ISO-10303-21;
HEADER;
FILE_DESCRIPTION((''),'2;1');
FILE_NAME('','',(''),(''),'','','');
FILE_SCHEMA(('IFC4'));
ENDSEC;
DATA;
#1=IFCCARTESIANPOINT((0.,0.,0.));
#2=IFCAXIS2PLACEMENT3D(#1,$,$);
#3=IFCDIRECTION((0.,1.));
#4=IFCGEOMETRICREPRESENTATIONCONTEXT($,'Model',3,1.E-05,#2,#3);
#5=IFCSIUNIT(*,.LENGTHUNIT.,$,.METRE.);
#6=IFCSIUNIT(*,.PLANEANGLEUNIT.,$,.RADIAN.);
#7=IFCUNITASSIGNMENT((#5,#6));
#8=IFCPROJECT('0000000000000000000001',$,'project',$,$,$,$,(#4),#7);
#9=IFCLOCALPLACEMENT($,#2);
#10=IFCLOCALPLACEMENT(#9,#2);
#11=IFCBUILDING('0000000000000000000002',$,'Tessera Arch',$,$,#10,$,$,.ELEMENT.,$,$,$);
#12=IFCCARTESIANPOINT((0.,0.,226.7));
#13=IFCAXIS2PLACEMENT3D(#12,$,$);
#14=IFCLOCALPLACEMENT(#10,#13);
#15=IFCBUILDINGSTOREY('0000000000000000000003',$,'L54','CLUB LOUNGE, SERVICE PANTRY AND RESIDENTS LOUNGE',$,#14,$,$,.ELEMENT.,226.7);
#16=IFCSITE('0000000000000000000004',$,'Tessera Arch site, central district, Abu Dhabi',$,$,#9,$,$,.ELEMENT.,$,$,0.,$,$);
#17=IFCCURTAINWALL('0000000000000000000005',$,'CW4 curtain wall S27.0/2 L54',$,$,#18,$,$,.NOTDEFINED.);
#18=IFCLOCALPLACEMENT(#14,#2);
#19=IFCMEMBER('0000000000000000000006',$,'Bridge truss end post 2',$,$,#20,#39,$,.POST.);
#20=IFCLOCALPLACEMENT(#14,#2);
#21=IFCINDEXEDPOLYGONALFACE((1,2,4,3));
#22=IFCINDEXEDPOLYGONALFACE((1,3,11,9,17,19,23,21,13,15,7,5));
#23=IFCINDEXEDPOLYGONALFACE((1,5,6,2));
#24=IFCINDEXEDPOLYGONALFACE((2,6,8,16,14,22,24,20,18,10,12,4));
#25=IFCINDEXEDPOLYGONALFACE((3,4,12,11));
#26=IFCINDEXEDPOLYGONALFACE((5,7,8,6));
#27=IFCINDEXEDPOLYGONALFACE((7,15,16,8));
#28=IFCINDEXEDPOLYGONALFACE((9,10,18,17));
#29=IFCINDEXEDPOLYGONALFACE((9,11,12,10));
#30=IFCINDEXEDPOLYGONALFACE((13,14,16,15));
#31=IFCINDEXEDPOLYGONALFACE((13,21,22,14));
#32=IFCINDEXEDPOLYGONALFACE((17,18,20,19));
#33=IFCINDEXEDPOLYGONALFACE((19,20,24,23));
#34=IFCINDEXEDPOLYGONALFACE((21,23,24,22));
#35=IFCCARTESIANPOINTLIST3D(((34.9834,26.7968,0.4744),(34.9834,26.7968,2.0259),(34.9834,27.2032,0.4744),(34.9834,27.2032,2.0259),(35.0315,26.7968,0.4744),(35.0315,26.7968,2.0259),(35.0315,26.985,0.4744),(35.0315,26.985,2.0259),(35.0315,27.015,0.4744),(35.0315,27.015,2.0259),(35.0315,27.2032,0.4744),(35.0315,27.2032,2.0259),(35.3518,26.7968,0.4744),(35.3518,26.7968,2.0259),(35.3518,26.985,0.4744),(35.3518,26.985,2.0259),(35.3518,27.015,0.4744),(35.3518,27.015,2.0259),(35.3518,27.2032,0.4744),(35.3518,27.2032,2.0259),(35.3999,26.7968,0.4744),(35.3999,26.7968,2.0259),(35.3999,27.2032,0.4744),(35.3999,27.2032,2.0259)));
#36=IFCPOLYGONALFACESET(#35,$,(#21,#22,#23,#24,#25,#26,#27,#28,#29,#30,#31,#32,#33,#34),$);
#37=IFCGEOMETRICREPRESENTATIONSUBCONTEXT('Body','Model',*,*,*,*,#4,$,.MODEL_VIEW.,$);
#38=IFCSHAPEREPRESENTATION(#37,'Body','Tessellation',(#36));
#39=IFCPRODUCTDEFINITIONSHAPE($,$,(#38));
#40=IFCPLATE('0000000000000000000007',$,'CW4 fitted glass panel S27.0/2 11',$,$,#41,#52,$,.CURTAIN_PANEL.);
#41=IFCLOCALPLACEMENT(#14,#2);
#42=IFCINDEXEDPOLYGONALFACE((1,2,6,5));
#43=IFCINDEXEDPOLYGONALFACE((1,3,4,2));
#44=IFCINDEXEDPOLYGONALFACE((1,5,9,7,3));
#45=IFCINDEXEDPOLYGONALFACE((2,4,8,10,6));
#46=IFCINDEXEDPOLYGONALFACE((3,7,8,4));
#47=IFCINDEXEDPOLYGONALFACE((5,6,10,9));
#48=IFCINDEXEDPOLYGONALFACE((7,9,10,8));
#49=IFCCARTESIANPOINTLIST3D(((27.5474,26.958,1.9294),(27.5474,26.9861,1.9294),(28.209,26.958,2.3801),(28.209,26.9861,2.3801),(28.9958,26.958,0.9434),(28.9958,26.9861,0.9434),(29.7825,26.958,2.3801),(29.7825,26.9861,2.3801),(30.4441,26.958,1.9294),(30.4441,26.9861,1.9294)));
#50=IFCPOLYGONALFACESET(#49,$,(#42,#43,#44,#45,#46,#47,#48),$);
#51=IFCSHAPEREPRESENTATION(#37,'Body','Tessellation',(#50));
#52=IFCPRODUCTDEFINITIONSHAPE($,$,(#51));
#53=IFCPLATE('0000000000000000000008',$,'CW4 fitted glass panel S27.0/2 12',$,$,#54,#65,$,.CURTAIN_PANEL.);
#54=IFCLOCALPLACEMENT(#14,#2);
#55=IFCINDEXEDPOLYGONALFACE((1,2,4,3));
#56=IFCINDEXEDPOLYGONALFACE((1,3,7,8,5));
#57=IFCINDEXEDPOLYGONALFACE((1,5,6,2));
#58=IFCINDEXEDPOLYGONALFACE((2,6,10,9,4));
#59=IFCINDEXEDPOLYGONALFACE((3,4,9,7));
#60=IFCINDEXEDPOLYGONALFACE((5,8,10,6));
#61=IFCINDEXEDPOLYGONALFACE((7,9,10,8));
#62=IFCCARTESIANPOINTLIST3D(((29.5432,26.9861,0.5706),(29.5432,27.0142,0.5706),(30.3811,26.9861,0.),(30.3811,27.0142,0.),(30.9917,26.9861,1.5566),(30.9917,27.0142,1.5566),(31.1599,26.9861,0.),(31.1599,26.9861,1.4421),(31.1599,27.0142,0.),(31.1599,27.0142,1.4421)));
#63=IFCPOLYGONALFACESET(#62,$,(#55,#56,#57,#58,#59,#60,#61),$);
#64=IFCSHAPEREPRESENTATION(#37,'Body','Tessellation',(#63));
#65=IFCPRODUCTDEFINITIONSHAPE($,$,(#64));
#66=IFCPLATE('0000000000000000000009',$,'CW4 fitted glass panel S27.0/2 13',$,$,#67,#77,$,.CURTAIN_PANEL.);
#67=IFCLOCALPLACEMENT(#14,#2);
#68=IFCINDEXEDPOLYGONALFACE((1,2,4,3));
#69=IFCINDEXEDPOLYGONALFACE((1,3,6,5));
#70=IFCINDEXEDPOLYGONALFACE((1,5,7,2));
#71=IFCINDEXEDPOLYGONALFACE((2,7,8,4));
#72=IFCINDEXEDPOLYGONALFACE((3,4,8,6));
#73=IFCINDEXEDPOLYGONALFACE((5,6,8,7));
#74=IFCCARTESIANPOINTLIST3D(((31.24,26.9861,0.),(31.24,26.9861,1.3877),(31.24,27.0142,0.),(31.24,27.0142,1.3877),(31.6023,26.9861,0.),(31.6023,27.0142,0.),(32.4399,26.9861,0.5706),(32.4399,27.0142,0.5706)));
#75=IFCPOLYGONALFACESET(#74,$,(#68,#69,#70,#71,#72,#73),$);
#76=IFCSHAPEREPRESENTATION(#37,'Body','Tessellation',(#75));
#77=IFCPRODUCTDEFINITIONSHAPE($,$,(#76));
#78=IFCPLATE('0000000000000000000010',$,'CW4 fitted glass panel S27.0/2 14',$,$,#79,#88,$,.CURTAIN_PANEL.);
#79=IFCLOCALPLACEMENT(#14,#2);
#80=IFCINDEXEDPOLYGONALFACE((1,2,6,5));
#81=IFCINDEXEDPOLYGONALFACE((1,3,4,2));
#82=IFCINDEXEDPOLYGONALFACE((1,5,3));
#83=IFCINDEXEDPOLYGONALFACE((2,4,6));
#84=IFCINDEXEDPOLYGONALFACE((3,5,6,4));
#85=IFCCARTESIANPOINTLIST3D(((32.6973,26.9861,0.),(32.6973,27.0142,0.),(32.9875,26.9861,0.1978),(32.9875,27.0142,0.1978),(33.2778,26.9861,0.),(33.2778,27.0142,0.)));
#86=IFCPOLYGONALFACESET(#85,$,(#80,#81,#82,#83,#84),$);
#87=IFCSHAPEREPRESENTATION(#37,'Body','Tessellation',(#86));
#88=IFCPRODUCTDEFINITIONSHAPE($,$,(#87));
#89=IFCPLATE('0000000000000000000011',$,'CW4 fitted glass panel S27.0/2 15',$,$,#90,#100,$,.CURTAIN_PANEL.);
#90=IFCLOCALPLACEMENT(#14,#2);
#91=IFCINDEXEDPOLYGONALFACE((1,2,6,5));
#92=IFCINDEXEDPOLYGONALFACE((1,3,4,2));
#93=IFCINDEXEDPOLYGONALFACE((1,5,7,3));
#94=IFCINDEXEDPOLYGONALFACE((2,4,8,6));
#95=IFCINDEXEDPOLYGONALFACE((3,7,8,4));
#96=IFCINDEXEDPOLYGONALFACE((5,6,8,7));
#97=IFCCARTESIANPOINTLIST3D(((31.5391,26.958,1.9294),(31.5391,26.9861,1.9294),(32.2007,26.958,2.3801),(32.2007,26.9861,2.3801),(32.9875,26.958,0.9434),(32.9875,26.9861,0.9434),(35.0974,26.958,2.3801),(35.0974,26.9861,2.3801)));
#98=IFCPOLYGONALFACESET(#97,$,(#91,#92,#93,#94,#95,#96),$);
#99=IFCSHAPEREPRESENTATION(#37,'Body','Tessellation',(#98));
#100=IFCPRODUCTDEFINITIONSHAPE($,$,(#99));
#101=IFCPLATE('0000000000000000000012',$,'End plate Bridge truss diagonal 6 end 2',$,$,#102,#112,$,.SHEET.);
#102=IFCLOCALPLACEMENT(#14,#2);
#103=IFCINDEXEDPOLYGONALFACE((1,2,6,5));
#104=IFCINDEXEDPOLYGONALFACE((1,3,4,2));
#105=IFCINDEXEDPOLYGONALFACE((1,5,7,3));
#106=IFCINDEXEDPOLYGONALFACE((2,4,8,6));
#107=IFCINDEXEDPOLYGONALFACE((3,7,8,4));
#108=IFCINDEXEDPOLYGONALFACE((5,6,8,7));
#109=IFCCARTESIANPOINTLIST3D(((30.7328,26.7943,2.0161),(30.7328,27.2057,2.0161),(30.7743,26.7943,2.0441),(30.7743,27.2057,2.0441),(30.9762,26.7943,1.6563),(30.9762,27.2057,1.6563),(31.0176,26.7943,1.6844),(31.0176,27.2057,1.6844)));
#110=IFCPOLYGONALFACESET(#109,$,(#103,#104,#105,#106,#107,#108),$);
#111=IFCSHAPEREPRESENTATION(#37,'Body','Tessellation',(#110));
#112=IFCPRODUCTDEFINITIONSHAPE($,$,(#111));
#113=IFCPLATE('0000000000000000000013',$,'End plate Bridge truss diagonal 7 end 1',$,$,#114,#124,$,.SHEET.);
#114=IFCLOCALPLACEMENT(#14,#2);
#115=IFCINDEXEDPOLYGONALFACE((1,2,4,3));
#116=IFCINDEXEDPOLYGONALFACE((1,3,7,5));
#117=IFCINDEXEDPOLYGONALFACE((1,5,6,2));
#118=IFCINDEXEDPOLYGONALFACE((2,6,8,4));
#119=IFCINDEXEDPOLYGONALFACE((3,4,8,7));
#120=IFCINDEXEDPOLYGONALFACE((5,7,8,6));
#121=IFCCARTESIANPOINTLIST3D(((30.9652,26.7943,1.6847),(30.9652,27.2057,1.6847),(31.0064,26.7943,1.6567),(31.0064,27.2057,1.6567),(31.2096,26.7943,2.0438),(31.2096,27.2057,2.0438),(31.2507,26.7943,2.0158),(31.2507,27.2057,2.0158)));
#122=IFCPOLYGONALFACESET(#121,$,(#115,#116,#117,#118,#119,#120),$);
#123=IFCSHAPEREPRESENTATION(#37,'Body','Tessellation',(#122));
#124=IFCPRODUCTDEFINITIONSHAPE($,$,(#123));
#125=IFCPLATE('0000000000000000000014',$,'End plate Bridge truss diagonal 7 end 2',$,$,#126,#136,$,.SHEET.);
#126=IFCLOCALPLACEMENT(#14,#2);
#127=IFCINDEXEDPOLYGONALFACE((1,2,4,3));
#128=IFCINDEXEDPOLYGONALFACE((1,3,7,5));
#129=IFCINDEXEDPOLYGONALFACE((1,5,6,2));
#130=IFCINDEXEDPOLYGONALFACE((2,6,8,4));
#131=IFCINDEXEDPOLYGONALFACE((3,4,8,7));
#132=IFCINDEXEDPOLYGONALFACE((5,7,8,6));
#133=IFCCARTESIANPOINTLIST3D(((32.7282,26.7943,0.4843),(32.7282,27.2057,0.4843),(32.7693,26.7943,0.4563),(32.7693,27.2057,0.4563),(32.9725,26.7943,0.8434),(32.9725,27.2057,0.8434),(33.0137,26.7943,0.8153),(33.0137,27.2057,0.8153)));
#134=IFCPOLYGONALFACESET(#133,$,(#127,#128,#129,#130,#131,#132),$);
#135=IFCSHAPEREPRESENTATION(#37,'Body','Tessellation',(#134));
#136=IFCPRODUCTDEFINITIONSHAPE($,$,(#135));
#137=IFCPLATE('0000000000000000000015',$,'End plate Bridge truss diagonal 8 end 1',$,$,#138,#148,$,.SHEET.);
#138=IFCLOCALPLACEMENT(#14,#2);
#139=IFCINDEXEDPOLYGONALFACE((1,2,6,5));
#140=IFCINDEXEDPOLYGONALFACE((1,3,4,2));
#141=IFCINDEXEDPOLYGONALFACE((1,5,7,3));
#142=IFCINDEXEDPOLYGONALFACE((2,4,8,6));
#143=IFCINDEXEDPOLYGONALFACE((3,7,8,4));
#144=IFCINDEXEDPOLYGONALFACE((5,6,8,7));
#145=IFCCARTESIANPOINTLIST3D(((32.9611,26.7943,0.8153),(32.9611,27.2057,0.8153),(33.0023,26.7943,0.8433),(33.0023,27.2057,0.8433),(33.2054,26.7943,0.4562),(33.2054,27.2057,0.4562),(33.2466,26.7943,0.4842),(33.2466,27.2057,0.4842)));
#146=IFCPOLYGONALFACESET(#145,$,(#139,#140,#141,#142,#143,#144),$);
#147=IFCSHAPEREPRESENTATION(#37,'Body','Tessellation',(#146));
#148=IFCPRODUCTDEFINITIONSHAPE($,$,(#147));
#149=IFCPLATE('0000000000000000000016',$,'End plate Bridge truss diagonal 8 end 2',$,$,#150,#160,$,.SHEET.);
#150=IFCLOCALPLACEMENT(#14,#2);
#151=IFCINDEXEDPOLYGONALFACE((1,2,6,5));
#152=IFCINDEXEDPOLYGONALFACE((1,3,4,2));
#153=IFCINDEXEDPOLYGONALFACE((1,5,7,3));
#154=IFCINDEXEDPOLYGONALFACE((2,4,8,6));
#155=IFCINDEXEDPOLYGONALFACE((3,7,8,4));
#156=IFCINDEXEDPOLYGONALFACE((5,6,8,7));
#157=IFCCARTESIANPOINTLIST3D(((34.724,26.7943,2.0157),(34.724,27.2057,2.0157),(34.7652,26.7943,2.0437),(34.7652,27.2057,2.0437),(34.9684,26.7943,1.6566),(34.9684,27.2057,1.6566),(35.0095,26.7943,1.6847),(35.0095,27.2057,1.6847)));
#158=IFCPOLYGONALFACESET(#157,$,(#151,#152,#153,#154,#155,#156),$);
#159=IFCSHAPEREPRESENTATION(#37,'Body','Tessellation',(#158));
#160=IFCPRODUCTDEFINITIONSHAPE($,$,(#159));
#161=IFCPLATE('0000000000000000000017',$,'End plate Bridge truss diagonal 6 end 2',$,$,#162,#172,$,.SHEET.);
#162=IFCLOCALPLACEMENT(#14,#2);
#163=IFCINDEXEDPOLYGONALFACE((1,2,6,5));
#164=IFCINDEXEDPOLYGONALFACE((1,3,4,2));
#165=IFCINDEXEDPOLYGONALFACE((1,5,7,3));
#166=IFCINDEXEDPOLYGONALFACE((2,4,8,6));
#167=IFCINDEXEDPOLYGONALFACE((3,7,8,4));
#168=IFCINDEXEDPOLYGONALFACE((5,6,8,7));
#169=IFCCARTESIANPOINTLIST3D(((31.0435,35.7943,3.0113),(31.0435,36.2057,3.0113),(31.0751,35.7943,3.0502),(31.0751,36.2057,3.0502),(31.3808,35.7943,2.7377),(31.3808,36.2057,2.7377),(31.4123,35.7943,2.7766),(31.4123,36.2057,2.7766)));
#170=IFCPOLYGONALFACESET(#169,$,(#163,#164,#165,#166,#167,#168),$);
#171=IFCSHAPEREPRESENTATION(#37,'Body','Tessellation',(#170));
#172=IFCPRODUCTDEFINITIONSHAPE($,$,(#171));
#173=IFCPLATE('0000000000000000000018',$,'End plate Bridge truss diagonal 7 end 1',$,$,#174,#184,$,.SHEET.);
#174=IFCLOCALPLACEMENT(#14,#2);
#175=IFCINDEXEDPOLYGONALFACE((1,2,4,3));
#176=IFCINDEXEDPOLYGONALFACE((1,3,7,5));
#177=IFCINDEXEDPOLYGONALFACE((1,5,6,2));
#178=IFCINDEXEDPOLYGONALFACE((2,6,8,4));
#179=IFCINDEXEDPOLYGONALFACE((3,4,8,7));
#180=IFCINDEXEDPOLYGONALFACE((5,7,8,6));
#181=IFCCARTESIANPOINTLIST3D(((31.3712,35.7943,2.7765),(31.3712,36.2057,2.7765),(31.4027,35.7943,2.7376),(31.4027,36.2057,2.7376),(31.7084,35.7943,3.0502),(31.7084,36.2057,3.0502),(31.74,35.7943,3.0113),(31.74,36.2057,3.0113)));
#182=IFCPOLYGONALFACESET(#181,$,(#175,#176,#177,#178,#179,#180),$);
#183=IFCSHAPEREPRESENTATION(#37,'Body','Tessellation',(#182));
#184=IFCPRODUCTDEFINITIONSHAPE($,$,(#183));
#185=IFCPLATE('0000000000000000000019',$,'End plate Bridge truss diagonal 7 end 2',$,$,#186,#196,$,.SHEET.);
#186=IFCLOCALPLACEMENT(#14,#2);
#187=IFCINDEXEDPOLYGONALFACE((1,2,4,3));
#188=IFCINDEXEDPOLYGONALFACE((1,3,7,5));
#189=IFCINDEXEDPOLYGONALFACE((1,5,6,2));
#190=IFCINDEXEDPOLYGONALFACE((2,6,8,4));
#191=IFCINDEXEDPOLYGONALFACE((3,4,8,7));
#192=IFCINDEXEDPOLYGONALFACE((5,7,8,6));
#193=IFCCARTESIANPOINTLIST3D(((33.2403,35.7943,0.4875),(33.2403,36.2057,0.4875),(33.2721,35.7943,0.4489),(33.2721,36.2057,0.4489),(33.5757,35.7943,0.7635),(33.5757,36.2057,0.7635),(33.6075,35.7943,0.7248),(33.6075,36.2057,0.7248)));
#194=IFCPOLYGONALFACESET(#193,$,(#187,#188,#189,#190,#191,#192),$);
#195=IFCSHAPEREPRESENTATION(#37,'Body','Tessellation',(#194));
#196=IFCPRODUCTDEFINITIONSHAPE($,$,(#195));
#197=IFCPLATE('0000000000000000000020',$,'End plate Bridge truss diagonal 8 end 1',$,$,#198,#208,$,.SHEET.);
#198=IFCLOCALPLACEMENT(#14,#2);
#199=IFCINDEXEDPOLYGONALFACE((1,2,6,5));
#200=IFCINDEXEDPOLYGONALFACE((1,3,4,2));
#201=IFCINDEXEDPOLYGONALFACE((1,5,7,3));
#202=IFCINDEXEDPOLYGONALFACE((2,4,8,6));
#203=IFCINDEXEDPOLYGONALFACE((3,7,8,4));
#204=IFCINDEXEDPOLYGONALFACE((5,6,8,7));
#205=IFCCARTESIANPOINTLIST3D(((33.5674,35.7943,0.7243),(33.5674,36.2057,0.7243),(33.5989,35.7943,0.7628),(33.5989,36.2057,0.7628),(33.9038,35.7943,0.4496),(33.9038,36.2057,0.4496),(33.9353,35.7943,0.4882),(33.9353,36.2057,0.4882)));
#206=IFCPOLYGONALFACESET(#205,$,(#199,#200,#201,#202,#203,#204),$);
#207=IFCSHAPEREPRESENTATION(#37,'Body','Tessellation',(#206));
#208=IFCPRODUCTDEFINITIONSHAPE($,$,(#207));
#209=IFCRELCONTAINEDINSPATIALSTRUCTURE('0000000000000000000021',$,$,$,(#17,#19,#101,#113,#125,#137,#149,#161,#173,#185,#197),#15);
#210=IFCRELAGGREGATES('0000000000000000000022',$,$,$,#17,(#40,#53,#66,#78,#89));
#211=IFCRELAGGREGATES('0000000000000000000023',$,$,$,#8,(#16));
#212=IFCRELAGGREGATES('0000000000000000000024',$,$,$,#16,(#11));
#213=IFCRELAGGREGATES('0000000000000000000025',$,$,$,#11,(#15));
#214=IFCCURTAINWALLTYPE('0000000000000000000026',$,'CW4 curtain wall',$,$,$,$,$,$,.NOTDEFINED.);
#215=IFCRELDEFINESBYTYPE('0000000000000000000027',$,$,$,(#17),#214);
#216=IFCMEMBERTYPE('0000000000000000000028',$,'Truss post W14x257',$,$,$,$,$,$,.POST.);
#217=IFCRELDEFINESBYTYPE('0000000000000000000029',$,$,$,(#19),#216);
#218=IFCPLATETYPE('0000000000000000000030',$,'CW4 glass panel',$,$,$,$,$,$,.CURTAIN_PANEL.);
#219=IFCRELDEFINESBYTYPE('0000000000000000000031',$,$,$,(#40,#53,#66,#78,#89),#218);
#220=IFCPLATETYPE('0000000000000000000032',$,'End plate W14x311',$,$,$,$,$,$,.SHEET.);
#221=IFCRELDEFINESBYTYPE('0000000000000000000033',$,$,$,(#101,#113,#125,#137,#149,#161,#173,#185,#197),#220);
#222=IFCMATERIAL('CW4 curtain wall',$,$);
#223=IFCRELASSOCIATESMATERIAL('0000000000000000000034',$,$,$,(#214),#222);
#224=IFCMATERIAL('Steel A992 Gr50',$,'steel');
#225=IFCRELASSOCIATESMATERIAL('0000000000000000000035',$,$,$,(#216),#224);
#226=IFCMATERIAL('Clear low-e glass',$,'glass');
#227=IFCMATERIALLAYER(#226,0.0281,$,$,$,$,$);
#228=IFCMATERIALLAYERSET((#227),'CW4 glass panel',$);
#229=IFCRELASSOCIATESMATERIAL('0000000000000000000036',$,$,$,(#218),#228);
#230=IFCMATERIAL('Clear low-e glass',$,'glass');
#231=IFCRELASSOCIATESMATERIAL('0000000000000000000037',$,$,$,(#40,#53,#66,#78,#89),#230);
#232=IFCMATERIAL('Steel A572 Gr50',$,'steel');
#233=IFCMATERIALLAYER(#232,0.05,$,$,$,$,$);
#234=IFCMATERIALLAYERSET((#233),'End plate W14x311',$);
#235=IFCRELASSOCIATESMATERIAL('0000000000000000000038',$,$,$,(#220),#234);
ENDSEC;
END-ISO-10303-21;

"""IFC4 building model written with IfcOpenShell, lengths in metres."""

from ifc_helpers import new_model, si_unit, direction, frame, origin, origin_2d, place, context, subcontext, project, spatial, polyline, rectangle, i_section, outline, extrude, material, layer, layer_set, material_profile, profile_set, type_object, element, aggregate, save


model = new_model("IFC4")

# Units and contexts
model_context = context("Model", 3, precision=1e-05, world=origin(), true_north=direction((0.0, 1.0)))
body_context = subcontext(model_context, "Body", "Model", "MODEL_VIEW")
ifc_project = project(units=[si_unit("LENGTHUNIT", "METRE"), si_unit("PLANEANGLEUNIT", "RADIAN")], contexts=[model_context])

# Site, building, storey
site_placement = place(None, origin())
site = spatial("IfcSite", under=ifc_project, at=site_placement, Name="Tessera Arch site, central district, Abu Dhabi", CompositionType="ELEMENT", RefElevation=0.0)
building_placement = place(site_placement, origin())
building = spatial("IfcBuilding", under=site, at=building_placement, Name="Tessera Arch", CompositionType="ELEMENT")
storey_placement = place(building_placement, frame((0.0, 0.0, 226.7)))
storey = spatial("IfcBuildingStorey", under=building, at=storey_placement, Name="L54", Description="CLUB LOUNGE, SERVICE PANTRY AND RESIDENTS LOUNGE", CompositionType="ELEMENT", Elevation=226.7)

# Curtain wall
ifc_material_1 = material(Name="CW4 curtain wall")
curtain_wall_type = type_object("IfcCurtainWallType", Name="CW4 curtain wall", PredefinedType="NOTDEFINED", material=ifc_material_1)
curtain_wall_placement = place(storey_placement, origin())
curtain_wall = element("IfcCurtainWall", 1, at=curtain_wall_placement, inside=storey, type_object=curtain_wall_type, Name="CW4 curtain wall S27.0/2 L54", PredefinedType="NOTDEFINED")

# Member
ifc_material_2 = material(Name="Steel A992 Gr50", Category="steel")
ifc_material_profile_1 = material_profile(ifc_material_2, i_section(OverallWidth=0.4065, OverallDepth=0.4165, WebThickness=0.03, FlangeThickness=0.0481, at=origin_2d()), Name="W14x257")
ifc_profile_set_1 = profile_set([ifc_material_profile_1], Name="Steel A992 Gr50")
member_type_1 = type_object("IfcMemberType", Name="Truss post W14x257", PredefinedType="POST", material=ifc_profile_set_1)
member_1_placement = place(storey_placement, frame((35.1917, 27.0, 0.4744), z_axis=(0.0, 0.0, 1.0), x_axis=(0.0, 1.0, 0.0)))
element("IfcMember", 2, at=member_1_placement, inside=storey, type_object=member_type_1, Name="Bridge truss end post 2", PredefinedType="POST", context=body_context, shape_type="SweptSolid", body=[
    extrude(i_section(OverallWidth=0.4065, OverallDepth=0.4165, WebThickness=0.03, FlangeThickness=0.0481, at=origin_2d()), origin(), (0.0, 0.0, 1.0), 1.5515),
])

# Plates
ifc_material_3 = material(Name="Clear low-e glass", Category="glass")
ifc_material_4 = material(Name="Clear low-e glass", Category="glass")
ifc_layer_1 = layer(ifc_material_4, 0.0281)
ifc_layer_set_1 = layer_set([ifc_layer_1], Name="CW4 glass panel")
plate_type_1 = type_object("IfcPlateType", Name="CW4 glass panel", PredefinedType="CURTAIN_PANEL", material=ifc_layer_set_1)
plate_1_placement = place(storey_placement, frame((29.7825, 26.958, 2.3801), z_axis=(0.0, -1.0, 0.0), x_axis=(-1.0, 0.0, 0.0)))
plate_1 = element("IfcPlate", 3, at=plate_1_placement, type_object=plate_type_1, material=ifc_material_3, Name="CW4 fitted glass panel S27.0/2 11", PredefinedType="CURTAIN_PANEL", context=body_context, shape_type="SweptSolid", body=[
    extrude(outline(polyline([(0.0, 0.0), (1.5735, 0.0), (2.2351, 0.4507), (0.7866, 1.4368), (-0.6616, 0.4507), (0.0, 0.0)])), origin(), (0.0, 0.0, -1.0), 0.0281),
])
plate_2_placement = place(storey_placement, frame((31.1599, 26.9861, 0.0), z_axis=(0.0, -1.0, 0.0), x_axis=(0.0, 0.0, 1.0)))
plate_2 = element("IfcPlate", 4, at=plate_2_placement, type_object=plate_type_1, material=ifc_material_3, Name="CW4 fitted glass panel S27.0/2 12", PredefinedType="CURTAIN_PANEL", context=body_context, shape_type="SweptSolid", body=[
    extrude(outline(polyline([(0.0, 0.0), (1.4421, 0.0), (1.5566, 0.1682), (0.5706, 1.6167), (0.0, 0.7788), (0.0, 0.0)])), origin(), (0.0, 0.0, -1.0), 0.0281),
])
plate_3_placement = place(storey_placement, frame((31.24, 26.9861, 0.0), z_axis=(0.0, -1.0, 0.0), x_axis=(1.0, 0.0, 0.0)))
plate_3 = element("IfcPlate", 5, at=plate_3_placement, type_object=plate_type_1, material=ifc_material_3, Name="CW4 fitted glass panel S27.0/2 13", PredefinedType="CURTAIN_PANEL", context=body_context, shape_type="SweptSolid", body=[
    extrude(outline(polyline([(0.0, 0.0), (0.3623, 0.0), (1.2, 0.5706), (0.0, 1.3877), (0.0, 0.0)])), origin(), (0.0, 0.0, -1.0), 0.0281),
])
plate_4_placement = place(storey_placement, frame((32.6973, 26.9861, 0.0), z_axis=(0.0, -1.0, 0.0), x_axis=(1.0, 0.0, 0.0)))
plate_4 = element("IfcPlate", 6, at=plate_4_placement, type_object=plate_type_1, material=ifc_material_3, Name="CW4 fitted glass panel S27.0/2 14", PredefinedType="CURTAIN_PANEL", context=body_context, shape_type="SweptSolid", body=[
    extrude(outline(polyline([(0.0, 0.0), (0.5806, 0.0), (0.2903, 0.1978), (0.0, 0.0)])), origin(), (0.0, 0.0, -1.0), 0.0281),
])
plate_5_placement = place(storey_placement, frame((35.0974, 26.958, 2.3801), z_axis=(0.0, -1.0, 0.0), x_axis=(-1.0, 0.0, 0.0)))
plate_5 = element("IfcPlate", 7, at=plate_5_placement, type_object=plate_type_1, material=ifc_material_3, Name="CW4 fitted glass panel S27.0/2 15", PredefinedType="CURTAIN_PANEL", context=body_context, shape_type="SweptSolid", body=[
    extrude(outline(polyline([(0.0, 0.0), (2.8967, 0.0), (3.5583, 0.4507), (2.1099, 1.4368), (0.0, 0.0)])), origin(), (0.0, 0.0, -1.0), 0.0281),
])
aggregate(curtain_wall, [plate_1, plate_2, plate_3, plate_4, plate_5])

# Plates
ifc_material_5 = material(Name="Steel A572 Gr50", Category="steel")
ifc_layer_2 = layer(ifc_material_5, 0.05)
ifc_layer_set_2 = layer_set([ifc_layer_2], Name="End plate W14x311")
plate_type_2 = type_object("IfcPlateType", Name="End plate W14x311", PredefinedType="SHEET", material=ifc_layer_set_2)
plate_6_placement = place(storey_placement, frame((30.8545, 27.0, 1.8362), z_axis=(0.828283, 0.0, 0.560309), x_axis=(0.0, 1.0, 0.0)))
element("IfcPlate", 8, at=plate_6_placement, inside=storey, type_object=plate_type_2, Name="End plate Bridge truss diagonal 6 end 2", PredefinedType="SHEET", context=body_context, shape_type="SweptSolid", body=[
    extrude(rectangle(XDim=0.4114, YDim=0.4343, at=origin_2d()), origin(), (0.0, 0.0, 1.0), 0.05),
])
for number, where, z_axis, x_axis, name in (
    (9, (31.0874, 27.0, 1.8643), (0.826744, 0.0, -0.562578), (0.0, 1.0, 0.0), "End plate Bridge truss diagonal 7 end 1"),
    (10, (32.8503, 27.0, 0.6638), (0.826744, 0.0, -0.562578), (0.0, 1.0, 0.0), "End plate Bridge truss diagonal 7 end 2"),
    (11, (33.0833, 27.0, 0.6357), (0.826744, 0.0, 0.562578), (0.0, 1.0, 0.0), "End plate Bridge truss diagonal 8 end 1"),
    (12, (34.8462, 27.0, 1.8362), (0.826744, 0.0, 0.562578), (0.0, 1.0, 0.0), "End plate Bridge truss diagonal 8 end 2"),
):
    element("IfcPlate", number, at=place(storey_placement, frame(where, z_axis=z_axis, x_axis=x_axis)), inside=storey, type_object=plate_type_2, Name=name, PredefinedType="SHEET", context=body_context, shape_type="SweptSolid", body=[
        extrude(rectangle(XDim=0.4114, YDim=0.4343, at=origin_2d()), origin(), (0.0, 0.0, 1.0), 0.0498),
    ])
for number, where, z_axis, x_axis, name in (
    (13, (31.2122, 36.0, 2.8745), (0.630041, 0.0, 0.776562), (0.0, 1.0, 0.0), "End plate Bridge truss diagonal 6 end 2"),
    (14, (31.5398, 36.0, 2.9133), (0.630041, 0.0, -0.776562), (0.0, 1.0, 0.0), "End plate Bridge truss diagonal 7 end 1"),
    (15, (33.408, 36.0, 0.6255), (0.635365, 0.0, -0.772212), (0.0, 1.0, 0.0), "End plate Bridge truss diagonal 7 end 2"),
):
    element("IfcPlate", number, at=place(storey_placement, frame(where, z_axis=z_axis, x_axis=x_axis)), inside=storey, type_object=plate_type_2, Name=name, PredefinedType="SHEET", context=body_context, shape_type="SweptSolid", body=[
        extrude(rectangle(XDim=0.4114, YDim=0.4343, at=origin_2d()), origin(), (0.0, 0.0, 1.0), 0.05),
    ])
plate_7_placement = place(storey_placement, frame((33.7356, 36.0, 0.5869), z_axis=(0.632437, 0.0, 0.774612), x_axis=(0.0, 1.0, 0.0)))
element("IfcPlate", 16, at=plate_7_placement, inside=storey, type_object=plate_type_2, Name="End plate Bridge truss diagonal 8 end 1", PredefinedType="SHEET", context=body_context, shape_type="SweptSolid", body=[
    extrude(rectangle(XDim=0.4114, YDim=0.4343, at=origin_2d()), origin(), (0.0, 0.0, 1.0), 0.0498),
])

save(model, "model.ifc")
